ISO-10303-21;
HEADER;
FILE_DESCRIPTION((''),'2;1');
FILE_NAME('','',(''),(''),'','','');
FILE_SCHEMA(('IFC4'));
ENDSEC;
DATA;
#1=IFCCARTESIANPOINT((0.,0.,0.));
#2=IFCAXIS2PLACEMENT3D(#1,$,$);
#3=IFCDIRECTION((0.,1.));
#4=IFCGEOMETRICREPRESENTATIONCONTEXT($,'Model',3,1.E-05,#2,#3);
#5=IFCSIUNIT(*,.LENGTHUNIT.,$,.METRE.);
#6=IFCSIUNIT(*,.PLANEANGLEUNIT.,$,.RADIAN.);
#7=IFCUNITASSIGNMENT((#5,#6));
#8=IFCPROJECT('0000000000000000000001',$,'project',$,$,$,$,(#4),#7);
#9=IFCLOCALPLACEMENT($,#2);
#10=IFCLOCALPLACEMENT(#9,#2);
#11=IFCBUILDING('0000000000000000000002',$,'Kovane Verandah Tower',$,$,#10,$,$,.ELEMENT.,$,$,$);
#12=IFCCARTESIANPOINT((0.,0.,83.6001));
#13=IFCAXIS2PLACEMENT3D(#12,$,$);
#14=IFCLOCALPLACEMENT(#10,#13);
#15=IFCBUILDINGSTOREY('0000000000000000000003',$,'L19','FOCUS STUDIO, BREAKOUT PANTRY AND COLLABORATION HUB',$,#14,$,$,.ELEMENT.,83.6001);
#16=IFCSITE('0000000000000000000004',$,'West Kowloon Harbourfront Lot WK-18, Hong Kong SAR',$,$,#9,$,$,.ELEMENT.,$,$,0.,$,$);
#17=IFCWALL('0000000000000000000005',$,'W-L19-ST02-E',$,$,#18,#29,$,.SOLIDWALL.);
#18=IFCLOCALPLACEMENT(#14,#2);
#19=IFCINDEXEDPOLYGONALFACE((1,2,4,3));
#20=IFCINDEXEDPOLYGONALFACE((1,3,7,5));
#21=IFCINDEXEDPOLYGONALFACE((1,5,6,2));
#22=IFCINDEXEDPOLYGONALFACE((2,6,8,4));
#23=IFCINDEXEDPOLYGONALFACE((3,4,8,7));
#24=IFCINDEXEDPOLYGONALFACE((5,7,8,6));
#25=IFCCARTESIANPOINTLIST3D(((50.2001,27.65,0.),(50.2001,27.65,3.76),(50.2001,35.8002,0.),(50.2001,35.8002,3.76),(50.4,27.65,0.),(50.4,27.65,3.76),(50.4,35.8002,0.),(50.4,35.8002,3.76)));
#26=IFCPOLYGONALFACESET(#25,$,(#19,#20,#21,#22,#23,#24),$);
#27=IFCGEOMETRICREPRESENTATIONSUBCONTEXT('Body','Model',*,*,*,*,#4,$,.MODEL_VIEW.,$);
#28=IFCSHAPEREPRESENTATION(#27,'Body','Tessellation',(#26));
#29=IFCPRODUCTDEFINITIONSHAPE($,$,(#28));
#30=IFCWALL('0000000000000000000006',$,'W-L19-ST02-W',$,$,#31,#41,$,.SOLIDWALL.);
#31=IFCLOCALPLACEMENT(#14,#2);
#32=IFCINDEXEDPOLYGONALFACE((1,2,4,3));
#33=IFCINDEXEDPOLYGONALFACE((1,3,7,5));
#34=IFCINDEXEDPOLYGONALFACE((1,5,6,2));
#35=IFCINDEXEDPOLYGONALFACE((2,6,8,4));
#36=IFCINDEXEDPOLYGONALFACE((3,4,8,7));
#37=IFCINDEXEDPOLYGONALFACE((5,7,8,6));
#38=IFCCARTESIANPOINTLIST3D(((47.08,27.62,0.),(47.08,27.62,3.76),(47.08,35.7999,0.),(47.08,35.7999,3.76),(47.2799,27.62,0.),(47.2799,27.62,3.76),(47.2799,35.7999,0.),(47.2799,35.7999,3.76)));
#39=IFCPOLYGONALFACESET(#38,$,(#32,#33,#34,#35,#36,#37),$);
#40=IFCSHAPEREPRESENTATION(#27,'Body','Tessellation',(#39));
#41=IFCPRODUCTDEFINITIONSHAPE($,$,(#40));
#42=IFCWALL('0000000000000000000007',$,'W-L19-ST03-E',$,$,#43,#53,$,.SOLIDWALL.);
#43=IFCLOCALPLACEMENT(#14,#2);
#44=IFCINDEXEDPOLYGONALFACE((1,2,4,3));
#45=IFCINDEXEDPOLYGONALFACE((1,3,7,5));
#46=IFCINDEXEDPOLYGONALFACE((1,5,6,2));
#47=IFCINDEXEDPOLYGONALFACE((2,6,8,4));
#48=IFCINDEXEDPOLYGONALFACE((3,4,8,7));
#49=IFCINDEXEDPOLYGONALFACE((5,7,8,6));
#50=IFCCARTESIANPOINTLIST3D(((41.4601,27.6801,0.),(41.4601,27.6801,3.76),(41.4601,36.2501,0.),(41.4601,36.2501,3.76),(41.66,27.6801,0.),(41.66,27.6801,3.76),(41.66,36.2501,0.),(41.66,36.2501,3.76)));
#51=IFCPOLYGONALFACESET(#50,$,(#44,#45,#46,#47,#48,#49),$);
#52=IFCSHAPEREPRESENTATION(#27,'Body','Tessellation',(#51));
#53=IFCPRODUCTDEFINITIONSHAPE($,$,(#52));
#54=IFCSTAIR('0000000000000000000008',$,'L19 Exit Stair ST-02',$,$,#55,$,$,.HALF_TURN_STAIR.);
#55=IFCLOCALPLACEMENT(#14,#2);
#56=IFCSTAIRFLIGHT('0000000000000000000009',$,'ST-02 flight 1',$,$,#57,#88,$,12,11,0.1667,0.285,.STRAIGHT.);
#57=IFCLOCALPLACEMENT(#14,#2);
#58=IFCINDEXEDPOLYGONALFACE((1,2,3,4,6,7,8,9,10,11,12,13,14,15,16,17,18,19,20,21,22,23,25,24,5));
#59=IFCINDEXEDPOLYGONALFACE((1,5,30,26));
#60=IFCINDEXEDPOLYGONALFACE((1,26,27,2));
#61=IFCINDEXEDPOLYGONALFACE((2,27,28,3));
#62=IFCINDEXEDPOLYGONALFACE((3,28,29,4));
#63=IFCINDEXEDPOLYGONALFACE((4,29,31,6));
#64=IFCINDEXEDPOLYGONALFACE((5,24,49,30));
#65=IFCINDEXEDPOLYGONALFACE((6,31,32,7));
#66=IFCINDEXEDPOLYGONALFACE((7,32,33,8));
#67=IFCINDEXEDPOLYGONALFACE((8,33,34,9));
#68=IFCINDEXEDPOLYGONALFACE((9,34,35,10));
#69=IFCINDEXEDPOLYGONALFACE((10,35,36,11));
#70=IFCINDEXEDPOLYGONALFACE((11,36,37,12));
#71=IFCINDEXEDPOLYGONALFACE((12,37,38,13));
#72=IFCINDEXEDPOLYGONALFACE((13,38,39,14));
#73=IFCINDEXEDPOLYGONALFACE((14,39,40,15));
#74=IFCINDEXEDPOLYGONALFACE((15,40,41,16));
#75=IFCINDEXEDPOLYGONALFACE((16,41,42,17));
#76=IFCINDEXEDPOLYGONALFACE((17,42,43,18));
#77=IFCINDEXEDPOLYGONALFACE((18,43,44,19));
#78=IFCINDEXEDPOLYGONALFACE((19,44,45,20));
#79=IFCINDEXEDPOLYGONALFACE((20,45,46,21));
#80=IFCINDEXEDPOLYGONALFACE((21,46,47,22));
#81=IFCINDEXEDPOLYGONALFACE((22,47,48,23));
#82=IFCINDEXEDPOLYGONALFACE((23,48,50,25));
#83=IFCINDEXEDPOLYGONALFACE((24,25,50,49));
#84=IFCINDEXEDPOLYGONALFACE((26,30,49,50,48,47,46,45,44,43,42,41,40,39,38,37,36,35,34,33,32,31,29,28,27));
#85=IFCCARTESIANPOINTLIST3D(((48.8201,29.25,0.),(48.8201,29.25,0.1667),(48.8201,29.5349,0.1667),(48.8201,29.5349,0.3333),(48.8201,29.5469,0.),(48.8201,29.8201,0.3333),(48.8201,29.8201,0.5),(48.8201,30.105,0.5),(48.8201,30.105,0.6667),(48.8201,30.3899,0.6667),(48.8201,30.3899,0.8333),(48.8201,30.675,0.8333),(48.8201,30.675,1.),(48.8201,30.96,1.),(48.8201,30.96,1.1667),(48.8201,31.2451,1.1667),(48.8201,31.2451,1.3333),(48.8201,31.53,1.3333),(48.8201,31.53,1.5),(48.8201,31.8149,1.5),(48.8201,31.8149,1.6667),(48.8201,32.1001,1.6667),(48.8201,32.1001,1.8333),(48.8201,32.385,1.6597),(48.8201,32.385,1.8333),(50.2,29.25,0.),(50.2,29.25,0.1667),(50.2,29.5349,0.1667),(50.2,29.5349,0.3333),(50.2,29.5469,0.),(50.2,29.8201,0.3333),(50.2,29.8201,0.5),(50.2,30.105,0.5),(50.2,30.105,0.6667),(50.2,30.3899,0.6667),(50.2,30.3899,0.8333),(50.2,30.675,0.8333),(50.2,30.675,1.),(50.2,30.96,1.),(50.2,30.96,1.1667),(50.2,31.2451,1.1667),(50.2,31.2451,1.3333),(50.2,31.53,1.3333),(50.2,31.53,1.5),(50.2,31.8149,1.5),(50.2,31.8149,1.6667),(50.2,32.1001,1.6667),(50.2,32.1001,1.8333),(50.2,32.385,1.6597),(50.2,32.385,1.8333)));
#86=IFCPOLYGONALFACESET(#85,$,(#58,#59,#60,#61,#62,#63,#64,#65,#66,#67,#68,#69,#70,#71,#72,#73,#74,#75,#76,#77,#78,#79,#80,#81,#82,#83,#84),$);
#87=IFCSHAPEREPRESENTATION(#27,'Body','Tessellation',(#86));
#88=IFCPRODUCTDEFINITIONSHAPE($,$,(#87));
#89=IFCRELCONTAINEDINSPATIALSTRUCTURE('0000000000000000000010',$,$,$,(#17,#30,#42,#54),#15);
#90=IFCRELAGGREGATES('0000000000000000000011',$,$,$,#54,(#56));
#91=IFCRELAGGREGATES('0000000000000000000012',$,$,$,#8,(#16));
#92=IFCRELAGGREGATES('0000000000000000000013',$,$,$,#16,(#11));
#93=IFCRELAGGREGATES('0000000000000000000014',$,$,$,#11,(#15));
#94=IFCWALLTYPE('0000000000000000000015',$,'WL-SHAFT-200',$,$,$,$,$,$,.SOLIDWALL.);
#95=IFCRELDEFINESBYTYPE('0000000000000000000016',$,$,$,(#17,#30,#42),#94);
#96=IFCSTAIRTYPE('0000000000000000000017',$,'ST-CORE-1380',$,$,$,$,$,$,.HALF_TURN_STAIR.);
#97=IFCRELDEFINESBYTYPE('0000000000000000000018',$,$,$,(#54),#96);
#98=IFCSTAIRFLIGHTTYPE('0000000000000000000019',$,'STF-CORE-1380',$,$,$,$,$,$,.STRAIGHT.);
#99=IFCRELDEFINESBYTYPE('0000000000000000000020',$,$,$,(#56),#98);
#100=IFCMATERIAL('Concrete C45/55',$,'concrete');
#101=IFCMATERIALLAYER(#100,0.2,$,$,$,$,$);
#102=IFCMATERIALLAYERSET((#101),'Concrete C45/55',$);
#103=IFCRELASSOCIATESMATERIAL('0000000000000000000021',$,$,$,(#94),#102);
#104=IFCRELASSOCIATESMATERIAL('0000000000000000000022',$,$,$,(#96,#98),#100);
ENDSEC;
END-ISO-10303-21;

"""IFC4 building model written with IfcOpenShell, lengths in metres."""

from ifc_helpers import new_model, si_unit, direction, frame, frame_2d, origin, place, context, subcontext, project, spatial, polyline, rectangle, outline, extrude, material, layer, layer_set, type_object, element, aggregate, save


model = new_model("IFC4")

# Units and contexts
model_context = context("Model", 3, precision=1e-05, world=origin(), true_north=direction((0.0, 1.0)))
body_context = subcontext(model_context, "Body", "Model", "MODEL_VIEW")
ifc_project = project(units=[si_unit("LENGTHUNIT", "METRE"), si_unit("PLANEANGLEUNIT", "RADIAN")], contexts=[model_context])

# Site, building, storey
site_placement = place(None, origin())
site = spatial("IfcSite", under=ifc_project, at=site_placement, Name="West Kowloon Harbourfront Lot WK-18, Hong Kong SAR", CompositionType="ELEMENT", RefElevation=0.0)
building_placement = place(site_placement, origin())
building = spatial("IfcBuilding", under=site, at=building_placement, Name="Kovane Verandah Tower", CompositionType="ELEMENT")
storey_placement = place(building_placement, frame((0.0, 0.0, 83.6001)))
storey = spatial("IfcBuildingStorey", under=building, at=storey_placement, Name="L19", Description="FOCUS STUDIO, BREAKOUT PANTRY AND COLLABORATION HUB", CompositionType="ELEMENT", Elevation=83.6001)

# Walls
ifc_material_1 = material(Name="Concrete C45/55", Category="concrete")
ifc_layer_1 = layer(ifc_material_1, 0.2)
ifc_layer_set_1 = layer_set([ifc_layer_1], Name="Concrete C45/55")
wall_type_1 = type_object("IfcWallType", Name="WL-SHAFT-200", PredefinedType="SOLIDWALL", material=ifc_layer_set_1)
wall_1_placement = place(storey_placement, frame((50.3, 27.6499, 0.0), z_axis=(0.0, 0.0, 1.0), x_axis=(0.0, 1.0, 0.0)))
element("IfcWall", 1, at=wall_1_placement, inside=storey, type_object=wall_type_1, Name="W-L19-ST02-E", PredefinedType="SOLIDWALL", context=body_context, shape_type="SweptSolid", body=[
    extrude(rectangle(XDim=8.1501, YDim=0.2, at=frame_2d((4.0752, 0.0))), origin(), (0.0, 0.0, 1.0), 3.76),
])
wall_2_placement = place(storey_placement, frame((47.1799, 27.6201, 0.0), z_axis=(0.0, 0.0, 1.0), x_axis=(0.0, 1.0, 0.0)))
element("IfcWall", 2, at=wall_2_placement, inside=storey, type_object=wall_type_1, Name="W-L19-ST02-W", PredefinedType="SOLIDWALL", context=body_context, shape_type="SweptSolid", body=[
    extrude(rectangle(XDim=8.1799, YDim=0.2, at=frame_2d((4.0898, 0.0))), origin(), (0.0, 0.0, 1.0), 3.76),
])

# Wall
wall_3_placement = place(storey_placement, frame((41.5601, 27.6799, 0.0), z_axis=(0.0, 0.0, 1.0), x_axis=(0.0, 1.0, 0.0)))
element("IfcWall", 3, at=wall_3_placement, inside=storey, type_object=wall_type_1, Name="W-L19-ST03-E", PredefinedType="SOLIDWALL", context=body_context, shape_type="SweptSolid", body=[
    extrude(rectangle(XDim=8.5701, YDim=0.2, at=frame_2d((4.2852, 0.0))), origin(), (0.0, 0.0, 1.0), 3.76),
])

# Stair, stair flight
stair_type = type_object("IfcStairType", Name="ST-CORE-1380", PredefinedType="HALF_TURN_STAIR", material=ifc_material_1)
stair_placement = place(storey_placement, origin())
stair = element("IfcStair", 4, at=stair_placement, inside=storey, type_object=stair_type, Name="L19 Exit Stair ST-02", PredefinedType="HALF_TURN_STAIR")
stair_flight_type = type_object("IfcStairFlightType", Name="STF-CORE-1380", PredefinedType="STRAIGHT", material=ifc_material_1)
stair_flight_placement = place(storey_placement, frame((49.51, 29.25, 0.0), z_axis=(0.0, 0.0, 1.0), x_axis=(0.0, 1.0, 0.0)))
stair_flight = element("IfcStairFlight", 5, at=stair_flight_placement, type_object=stair_flight_type, Name="ST-02 flight 1", NumberOfRisers=12, NumberOfTreads=11, PredefinedType="STRAIGHT", RiserHeight=0.1667, TreadLength=0.285, context=body_context, shape_type="SweptSolid", body=[
    extrude(outline(polyline([(0.0, 0.0), (0.0, 0.1667), (0.2849, 0.1667), (0.2849, 0.3333), (0.5701, 0.3333), (0.5701, 0.5), (0.855, 0.5), (0.855, 0.6667), (1.1399, 0.6667), (1.1399, 0.8333), (1.425, 0.8333), (1.425, 1.0), (1.71, 1.0), (1.71, 1.1667), (1.9951, 1.1667), (1.9951, 1.3333), (2.28, 1.3333), (2.28, 1.5), (2.5649, 1.5), (2.5649, 1.6667), (2.8501, 1.6667), (2.8501, 1.8333), (3.135, 1.8333), (3.135, 2.0), (3.135, 1.6597), (0.2969, 0.0), (0.0, 0.0)])), frame((0.0, 0.6899, 0.0), z_axis=(0.0, -1.0, 0.0), x_axis=(1.0, 0.0, 0.0)), (0.0, 0.0, 1.0), 1.3799),
])
aggregate(stair, [stair_flight])

save(model, "model.ifc")
